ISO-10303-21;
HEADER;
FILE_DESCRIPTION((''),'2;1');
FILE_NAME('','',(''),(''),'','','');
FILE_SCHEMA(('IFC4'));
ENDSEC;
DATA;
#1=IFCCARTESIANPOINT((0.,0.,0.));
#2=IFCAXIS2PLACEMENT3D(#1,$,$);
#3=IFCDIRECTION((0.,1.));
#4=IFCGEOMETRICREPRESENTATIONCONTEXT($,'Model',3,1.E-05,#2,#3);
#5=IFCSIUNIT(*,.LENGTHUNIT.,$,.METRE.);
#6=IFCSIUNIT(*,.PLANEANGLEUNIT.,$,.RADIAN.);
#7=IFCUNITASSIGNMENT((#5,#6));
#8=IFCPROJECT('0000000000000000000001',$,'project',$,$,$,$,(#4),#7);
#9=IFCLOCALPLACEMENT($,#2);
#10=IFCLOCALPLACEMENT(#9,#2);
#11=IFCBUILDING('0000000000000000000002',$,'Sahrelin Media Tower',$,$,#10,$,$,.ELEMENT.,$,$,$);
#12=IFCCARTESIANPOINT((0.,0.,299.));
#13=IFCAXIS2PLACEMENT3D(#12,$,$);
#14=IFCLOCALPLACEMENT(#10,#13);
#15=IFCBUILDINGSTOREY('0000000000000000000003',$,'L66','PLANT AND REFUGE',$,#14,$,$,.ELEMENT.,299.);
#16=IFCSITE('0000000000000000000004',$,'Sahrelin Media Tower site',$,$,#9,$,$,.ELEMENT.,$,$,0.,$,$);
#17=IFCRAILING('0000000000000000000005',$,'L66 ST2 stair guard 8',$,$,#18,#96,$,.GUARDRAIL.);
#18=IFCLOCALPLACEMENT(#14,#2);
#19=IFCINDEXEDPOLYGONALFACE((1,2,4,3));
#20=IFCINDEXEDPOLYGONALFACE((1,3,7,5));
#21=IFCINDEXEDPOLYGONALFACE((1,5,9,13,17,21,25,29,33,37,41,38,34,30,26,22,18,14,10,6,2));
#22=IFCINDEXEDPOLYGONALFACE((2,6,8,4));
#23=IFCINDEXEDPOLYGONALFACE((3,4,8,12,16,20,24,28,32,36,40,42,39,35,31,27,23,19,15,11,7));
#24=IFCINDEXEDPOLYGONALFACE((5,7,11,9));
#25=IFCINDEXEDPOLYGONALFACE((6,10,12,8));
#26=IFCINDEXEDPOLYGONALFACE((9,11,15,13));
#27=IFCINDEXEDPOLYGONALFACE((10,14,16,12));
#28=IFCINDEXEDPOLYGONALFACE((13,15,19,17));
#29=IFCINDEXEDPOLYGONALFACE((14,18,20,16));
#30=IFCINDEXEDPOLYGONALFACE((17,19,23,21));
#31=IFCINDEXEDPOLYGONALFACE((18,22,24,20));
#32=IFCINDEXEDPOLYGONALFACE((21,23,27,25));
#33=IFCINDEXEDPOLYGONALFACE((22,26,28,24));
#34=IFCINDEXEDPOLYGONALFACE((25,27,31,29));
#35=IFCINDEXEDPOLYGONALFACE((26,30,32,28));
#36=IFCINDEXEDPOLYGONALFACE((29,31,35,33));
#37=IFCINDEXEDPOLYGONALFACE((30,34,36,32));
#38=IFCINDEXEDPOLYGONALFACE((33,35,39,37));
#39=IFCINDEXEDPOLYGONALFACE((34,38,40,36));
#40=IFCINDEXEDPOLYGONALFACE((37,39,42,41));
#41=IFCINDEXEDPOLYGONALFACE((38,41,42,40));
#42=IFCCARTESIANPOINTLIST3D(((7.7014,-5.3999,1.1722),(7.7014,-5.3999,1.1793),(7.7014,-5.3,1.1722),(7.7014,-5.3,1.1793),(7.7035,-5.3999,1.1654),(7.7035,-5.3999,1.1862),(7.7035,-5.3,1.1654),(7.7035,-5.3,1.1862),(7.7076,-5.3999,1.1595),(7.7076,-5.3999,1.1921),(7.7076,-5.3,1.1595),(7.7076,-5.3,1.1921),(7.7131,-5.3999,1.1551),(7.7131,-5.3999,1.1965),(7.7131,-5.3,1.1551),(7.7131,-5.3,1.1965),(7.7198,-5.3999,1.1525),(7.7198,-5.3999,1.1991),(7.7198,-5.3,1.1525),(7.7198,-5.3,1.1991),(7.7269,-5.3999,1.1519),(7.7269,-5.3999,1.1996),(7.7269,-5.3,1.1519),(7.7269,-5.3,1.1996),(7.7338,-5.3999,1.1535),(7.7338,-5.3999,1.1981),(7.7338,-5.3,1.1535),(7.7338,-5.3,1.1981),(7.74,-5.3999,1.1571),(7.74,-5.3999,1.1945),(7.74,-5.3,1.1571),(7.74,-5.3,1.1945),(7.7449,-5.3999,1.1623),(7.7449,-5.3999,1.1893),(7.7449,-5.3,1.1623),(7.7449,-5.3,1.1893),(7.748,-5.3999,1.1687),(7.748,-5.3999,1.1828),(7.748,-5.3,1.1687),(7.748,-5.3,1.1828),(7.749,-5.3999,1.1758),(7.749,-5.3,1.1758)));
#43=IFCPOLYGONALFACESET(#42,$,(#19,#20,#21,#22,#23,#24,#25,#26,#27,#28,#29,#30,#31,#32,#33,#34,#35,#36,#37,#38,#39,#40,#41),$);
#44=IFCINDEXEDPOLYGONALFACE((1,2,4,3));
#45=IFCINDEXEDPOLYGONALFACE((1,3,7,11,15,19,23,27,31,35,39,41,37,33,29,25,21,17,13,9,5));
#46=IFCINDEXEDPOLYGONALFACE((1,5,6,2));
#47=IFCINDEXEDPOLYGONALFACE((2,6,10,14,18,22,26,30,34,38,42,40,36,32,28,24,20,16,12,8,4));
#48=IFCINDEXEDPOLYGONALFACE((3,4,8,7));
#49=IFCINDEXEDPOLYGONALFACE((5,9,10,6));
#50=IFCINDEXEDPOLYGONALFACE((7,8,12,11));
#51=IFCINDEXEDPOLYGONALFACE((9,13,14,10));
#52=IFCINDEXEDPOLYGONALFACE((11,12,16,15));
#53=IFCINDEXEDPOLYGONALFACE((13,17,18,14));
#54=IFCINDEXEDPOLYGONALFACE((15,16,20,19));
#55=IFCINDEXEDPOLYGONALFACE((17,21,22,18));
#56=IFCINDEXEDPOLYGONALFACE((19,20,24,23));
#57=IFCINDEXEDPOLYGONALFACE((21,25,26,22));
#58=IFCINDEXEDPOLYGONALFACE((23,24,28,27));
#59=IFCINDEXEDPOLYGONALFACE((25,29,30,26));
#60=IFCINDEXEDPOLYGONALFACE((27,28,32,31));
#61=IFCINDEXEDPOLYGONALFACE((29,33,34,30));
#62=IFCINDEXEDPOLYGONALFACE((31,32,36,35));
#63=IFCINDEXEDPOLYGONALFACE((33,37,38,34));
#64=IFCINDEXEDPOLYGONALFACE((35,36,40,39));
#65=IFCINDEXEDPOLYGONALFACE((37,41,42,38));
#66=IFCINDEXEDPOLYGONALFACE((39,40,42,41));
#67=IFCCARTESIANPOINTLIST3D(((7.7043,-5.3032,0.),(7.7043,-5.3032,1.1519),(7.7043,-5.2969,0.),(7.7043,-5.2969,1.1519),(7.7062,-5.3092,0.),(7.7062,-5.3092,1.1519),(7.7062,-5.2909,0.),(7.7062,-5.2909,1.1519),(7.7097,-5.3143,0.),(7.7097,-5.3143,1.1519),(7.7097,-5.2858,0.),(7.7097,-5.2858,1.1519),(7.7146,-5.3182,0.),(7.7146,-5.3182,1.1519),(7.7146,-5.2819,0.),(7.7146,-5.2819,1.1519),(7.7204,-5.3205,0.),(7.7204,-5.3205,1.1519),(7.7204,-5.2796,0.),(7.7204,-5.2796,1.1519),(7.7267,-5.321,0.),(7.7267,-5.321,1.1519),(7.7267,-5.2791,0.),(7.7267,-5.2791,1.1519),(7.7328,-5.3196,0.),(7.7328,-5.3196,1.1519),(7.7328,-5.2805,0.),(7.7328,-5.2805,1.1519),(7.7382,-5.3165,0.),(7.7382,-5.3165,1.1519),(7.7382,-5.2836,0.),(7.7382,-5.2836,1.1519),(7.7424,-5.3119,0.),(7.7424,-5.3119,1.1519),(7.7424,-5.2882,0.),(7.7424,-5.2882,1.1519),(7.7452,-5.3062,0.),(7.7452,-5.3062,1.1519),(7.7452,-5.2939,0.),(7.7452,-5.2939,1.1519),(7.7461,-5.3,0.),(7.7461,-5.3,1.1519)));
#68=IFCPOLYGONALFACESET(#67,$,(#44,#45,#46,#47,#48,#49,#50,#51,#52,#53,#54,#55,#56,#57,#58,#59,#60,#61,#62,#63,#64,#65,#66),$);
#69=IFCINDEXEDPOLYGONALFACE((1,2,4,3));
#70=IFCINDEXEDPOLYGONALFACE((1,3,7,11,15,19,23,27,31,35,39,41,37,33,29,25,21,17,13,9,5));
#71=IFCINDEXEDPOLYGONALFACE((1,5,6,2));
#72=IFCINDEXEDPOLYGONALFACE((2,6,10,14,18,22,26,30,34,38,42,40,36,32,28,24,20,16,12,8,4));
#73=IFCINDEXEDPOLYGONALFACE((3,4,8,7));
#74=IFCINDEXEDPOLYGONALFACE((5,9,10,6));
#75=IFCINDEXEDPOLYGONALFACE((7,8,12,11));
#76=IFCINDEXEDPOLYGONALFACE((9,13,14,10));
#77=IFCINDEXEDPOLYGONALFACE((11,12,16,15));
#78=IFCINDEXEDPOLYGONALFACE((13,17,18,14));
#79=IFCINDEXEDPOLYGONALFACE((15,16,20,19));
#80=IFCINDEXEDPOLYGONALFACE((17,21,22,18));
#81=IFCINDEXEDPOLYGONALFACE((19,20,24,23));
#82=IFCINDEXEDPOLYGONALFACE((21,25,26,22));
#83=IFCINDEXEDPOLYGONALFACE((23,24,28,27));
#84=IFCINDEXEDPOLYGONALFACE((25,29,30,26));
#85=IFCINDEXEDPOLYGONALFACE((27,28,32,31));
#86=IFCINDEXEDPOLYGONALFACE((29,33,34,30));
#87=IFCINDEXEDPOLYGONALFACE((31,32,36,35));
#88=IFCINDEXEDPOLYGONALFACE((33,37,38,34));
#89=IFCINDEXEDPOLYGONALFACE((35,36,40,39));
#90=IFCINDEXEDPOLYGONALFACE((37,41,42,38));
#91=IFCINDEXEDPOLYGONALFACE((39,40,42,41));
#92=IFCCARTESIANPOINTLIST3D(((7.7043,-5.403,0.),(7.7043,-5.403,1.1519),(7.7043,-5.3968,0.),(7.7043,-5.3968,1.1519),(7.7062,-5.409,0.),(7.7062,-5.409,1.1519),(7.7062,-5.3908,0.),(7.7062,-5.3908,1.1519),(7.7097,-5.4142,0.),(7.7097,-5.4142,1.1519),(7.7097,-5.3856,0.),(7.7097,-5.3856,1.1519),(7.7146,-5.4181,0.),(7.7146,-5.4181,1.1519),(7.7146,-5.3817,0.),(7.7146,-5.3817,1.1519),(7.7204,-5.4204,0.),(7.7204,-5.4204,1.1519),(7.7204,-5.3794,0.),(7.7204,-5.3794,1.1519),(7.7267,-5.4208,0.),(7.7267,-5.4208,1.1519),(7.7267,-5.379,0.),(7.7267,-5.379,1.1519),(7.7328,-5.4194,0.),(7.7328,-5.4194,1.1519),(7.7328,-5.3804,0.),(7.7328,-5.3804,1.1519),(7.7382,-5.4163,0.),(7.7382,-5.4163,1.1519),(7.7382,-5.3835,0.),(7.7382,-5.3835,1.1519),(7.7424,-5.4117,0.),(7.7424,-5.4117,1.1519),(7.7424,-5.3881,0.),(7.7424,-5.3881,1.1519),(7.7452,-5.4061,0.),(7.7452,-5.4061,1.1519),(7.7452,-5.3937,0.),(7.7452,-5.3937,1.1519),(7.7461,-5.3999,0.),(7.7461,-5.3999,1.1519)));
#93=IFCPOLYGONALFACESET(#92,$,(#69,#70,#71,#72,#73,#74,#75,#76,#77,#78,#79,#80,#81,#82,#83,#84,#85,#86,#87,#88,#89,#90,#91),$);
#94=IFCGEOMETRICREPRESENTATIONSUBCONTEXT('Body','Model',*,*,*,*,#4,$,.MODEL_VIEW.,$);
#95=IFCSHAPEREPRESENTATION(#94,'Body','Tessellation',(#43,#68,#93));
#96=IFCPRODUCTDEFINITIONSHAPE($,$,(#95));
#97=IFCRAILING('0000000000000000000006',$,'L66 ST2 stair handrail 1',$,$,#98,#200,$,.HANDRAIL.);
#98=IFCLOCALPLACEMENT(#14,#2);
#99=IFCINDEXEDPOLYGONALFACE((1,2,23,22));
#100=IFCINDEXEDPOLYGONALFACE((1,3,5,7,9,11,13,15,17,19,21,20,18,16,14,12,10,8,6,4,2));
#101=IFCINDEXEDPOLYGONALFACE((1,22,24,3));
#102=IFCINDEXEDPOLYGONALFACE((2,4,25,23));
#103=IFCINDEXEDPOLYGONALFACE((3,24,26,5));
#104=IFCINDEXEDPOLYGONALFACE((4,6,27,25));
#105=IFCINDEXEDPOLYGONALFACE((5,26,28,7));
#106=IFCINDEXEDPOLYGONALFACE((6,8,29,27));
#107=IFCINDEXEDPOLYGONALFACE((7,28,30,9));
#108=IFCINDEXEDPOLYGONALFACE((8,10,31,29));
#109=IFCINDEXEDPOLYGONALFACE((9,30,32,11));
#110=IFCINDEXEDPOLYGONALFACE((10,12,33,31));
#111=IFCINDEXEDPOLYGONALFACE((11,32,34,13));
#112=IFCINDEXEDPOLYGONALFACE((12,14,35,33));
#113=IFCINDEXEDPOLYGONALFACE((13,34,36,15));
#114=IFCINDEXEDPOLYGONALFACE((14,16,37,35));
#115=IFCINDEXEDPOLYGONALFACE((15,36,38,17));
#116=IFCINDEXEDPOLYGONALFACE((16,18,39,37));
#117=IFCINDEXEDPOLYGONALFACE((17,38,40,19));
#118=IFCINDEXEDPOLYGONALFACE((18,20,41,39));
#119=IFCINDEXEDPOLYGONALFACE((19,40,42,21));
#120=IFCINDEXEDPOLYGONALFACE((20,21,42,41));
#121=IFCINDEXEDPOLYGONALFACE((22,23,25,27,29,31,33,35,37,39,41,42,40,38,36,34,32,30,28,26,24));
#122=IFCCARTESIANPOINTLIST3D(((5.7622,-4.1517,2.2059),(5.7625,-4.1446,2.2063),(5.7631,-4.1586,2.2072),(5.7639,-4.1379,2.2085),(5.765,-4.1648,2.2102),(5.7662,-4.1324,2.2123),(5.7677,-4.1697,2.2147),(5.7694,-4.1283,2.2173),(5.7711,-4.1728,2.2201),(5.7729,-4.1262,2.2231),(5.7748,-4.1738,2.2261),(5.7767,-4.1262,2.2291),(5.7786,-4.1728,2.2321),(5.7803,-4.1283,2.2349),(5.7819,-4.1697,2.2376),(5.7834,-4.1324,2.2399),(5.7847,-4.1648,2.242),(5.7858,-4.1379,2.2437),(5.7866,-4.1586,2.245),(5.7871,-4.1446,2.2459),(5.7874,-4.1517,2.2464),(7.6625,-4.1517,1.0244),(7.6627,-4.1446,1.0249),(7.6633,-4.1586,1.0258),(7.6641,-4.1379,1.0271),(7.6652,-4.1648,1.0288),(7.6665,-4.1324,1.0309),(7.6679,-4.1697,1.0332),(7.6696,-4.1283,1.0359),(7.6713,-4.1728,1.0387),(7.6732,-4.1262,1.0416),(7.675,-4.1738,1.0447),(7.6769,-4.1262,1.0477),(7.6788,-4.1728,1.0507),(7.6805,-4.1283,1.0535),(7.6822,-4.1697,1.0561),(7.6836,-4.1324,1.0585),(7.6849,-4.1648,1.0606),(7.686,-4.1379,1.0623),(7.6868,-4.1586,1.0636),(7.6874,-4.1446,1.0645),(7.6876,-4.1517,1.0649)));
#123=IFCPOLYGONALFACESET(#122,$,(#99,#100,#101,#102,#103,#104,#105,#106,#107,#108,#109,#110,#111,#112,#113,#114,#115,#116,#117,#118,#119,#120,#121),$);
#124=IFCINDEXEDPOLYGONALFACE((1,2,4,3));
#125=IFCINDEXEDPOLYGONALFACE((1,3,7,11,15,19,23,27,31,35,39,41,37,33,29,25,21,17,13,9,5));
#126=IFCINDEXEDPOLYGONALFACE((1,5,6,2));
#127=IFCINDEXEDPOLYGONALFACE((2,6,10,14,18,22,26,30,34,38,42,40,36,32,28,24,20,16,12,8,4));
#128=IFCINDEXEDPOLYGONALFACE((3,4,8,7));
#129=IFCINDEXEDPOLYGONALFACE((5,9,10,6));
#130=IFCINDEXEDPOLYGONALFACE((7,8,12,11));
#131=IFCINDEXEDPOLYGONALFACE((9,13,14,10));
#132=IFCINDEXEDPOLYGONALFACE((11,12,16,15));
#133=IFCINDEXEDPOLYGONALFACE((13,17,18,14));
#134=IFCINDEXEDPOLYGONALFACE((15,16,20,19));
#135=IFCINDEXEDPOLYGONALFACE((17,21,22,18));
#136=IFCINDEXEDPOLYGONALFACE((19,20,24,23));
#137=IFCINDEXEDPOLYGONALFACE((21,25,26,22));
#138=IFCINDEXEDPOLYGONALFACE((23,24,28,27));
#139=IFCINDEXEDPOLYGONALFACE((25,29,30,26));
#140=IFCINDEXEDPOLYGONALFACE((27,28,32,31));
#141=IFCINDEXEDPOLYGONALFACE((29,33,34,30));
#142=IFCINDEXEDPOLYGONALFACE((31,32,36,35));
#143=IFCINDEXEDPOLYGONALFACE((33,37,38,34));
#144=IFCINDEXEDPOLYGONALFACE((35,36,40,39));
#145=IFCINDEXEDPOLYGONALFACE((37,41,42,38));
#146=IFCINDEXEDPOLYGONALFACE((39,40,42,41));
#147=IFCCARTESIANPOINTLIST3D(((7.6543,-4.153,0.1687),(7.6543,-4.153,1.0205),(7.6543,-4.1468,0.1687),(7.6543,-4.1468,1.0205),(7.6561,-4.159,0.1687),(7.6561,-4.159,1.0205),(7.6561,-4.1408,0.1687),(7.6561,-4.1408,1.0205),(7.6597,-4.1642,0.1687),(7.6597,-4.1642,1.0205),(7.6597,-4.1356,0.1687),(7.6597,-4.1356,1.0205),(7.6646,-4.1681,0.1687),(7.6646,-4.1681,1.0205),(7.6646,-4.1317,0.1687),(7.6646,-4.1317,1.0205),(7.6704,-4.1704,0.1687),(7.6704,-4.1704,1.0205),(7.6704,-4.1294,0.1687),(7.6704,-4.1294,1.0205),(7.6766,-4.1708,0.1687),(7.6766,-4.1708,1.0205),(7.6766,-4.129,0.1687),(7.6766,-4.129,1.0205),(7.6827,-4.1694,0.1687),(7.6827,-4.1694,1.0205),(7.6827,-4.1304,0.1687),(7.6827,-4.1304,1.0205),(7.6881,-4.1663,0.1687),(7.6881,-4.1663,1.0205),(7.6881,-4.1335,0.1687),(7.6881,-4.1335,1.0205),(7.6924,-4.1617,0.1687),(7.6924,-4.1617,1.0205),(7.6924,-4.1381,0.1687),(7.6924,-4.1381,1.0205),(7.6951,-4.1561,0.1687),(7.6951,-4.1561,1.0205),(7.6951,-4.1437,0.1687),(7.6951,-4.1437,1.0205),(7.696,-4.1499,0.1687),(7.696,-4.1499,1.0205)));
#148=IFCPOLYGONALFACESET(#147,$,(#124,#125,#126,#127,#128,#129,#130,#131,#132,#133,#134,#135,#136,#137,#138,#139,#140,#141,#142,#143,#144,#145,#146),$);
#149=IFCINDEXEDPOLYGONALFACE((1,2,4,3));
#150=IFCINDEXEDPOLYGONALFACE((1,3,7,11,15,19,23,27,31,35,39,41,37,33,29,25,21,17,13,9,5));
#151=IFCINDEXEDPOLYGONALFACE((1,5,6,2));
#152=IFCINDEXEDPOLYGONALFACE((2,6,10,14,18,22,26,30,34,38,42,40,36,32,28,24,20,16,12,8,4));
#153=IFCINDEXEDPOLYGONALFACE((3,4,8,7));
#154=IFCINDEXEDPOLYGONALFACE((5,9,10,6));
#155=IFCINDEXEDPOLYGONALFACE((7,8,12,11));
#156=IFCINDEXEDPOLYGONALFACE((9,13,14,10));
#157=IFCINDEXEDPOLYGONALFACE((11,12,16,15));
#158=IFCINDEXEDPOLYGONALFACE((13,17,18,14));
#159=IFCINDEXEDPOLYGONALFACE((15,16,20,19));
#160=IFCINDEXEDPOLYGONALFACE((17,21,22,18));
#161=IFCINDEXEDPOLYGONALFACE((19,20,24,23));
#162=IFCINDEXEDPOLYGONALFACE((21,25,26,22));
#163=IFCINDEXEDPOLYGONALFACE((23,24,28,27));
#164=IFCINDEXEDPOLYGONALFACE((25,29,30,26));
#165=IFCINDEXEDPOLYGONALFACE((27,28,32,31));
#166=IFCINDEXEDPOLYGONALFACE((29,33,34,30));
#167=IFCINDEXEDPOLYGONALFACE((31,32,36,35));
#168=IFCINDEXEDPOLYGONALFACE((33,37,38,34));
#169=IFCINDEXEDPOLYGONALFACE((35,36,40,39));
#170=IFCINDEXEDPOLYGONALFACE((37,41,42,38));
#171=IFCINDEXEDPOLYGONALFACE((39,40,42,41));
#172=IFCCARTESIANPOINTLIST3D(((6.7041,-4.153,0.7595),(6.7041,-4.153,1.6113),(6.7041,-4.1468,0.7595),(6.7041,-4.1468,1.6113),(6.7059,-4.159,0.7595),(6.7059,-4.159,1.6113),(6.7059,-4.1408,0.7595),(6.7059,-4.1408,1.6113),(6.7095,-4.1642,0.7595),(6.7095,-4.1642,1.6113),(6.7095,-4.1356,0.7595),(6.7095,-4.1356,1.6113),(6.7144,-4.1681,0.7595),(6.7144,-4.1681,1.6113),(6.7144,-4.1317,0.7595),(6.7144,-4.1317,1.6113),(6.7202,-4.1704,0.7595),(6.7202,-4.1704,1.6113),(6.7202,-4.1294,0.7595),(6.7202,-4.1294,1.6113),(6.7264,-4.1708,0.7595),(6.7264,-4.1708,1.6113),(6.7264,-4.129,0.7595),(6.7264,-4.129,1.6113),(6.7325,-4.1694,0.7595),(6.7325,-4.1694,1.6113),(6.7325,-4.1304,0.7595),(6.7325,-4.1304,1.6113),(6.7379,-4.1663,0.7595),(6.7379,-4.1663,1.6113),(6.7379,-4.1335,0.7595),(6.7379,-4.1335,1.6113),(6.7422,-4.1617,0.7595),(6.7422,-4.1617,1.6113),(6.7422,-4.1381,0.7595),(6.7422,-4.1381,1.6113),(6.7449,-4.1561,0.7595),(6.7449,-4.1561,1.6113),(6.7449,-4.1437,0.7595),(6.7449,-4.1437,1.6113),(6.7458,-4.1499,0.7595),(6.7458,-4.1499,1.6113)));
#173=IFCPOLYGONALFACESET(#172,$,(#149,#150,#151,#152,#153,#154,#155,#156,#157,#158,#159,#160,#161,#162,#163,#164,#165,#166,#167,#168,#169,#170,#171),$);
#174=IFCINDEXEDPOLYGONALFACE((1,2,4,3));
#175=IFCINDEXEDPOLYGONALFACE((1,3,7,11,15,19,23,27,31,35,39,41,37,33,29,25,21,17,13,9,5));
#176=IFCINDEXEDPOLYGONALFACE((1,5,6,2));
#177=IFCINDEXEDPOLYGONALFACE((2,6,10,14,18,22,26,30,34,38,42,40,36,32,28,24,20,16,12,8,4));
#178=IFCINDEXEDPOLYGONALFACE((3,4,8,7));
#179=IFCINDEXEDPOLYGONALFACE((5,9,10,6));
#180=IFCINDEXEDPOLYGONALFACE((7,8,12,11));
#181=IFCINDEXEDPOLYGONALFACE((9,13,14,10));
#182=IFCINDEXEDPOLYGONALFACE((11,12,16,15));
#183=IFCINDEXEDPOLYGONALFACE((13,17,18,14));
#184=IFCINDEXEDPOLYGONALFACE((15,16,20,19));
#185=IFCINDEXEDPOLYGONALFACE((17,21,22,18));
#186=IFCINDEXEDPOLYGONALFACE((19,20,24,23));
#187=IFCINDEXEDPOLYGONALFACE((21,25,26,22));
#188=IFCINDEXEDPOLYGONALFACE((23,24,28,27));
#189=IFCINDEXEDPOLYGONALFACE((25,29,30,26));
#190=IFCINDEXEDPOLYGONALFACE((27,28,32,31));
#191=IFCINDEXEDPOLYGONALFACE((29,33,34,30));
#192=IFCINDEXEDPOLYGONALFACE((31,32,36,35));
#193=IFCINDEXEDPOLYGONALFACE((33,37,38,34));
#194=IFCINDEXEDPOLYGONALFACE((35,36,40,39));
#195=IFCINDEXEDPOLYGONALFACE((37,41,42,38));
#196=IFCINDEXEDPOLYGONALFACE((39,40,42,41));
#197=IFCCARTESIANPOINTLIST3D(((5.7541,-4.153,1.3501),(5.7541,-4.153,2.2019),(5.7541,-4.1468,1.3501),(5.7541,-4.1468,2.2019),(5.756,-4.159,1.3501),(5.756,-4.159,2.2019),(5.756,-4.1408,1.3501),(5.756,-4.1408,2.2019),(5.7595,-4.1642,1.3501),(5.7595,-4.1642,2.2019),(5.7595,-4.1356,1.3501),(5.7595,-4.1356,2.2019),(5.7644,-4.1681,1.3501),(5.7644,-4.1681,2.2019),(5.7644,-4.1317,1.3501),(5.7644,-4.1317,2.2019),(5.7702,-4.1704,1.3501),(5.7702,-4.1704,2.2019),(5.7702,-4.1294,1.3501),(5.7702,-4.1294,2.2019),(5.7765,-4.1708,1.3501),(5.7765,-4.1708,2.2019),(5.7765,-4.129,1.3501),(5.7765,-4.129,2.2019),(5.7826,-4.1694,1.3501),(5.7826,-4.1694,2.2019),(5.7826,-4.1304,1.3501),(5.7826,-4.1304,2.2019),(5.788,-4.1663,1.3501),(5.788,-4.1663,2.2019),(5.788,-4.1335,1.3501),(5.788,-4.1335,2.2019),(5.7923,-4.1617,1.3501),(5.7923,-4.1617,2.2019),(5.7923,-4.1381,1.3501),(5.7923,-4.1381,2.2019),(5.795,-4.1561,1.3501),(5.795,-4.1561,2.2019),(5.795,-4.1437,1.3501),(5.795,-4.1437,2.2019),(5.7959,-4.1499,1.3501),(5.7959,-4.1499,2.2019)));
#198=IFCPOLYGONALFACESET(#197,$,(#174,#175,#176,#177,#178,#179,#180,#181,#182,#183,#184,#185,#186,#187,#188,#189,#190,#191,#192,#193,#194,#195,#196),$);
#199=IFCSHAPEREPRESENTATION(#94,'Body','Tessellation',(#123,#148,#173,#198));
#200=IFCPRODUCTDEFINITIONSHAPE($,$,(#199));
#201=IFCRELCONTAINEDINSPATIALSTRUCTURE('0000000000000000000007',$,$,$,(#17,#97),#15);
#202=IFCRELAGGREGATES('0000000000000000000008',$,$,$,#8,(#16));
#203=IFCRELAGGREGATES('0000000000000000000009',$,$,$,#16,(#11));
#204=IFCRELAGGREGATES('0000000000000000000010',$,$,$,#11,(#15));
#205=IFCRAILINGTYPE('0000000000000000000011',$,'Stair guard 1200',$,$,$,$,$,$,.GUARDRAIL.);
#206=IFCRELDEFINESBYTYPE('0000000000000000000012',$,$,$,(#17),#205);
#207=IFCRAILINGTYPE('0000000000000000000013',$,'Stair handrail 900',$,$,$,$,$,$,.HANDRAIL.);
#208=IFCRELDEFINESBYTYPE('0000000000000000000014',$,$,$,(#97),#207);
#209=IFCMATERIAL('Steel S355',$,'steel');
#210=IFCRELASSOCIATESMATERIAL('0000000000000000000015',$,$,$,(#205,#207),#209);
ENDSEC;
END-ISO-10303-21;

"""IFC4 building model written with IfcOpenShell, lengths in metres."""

from ifc_helpers import new_model, si_unit, direction, frame, origin, origin_2d, place, context, subcontext, project, spatial, circle, extrude, material, type_object, element, save


model = new_model("IFC4")

# Units and contexts
model_context = context("Model", 3, precision=1e-05, world=origin(), true_north=direction((0.0, 1.0)))
body_context = subcontext(model_context, "Body", "Model", "MODEL_VIEW")
ifc_project = project(units=[si_unit("LENGTHUNIT", "METRE"), si_unit("PLANEANGLEUNIT", "RADIAN")], contexts=[model_context])

# Site, building, storey
site_placement = place(None, origin())
site = spatial("IfcSite", under=ifc_project, at=site_placement, Name="Sahrelin Media Tower site", CompositionType="ELEMENT", RefElevation=0.0)
building_placement = place(site_placement, origin())
building = spatial("IfcBuilding", under=site, at=building_placement, Name="Sahrelin Media Tower", CompositionType="ELEMENT")
storey_placement = place(building_placement, frame((0.0, 0.0, 299.0)))
storey = spatial("IfcBuildingStorey", under=building, at=storey_placement, Name="L66", Description="PLANT AND REFUGE", CompositionType="ELEMENT", Elevation=299.0)

# Shared definitions
ifc_material_1 = material(Name="Steel S355", Category="steel")

# Railings
railing_type_1 = type_object("IfcRailingType", Name="Stair guard 1200", PredefinedType="GUARDRAIL", material=ifc_material_1)
for number, where, name in (
    (1, (7.7251, -5.3, 0.0), "L66 ST2 stair guard 8"),
):
    element("IfcRailing", number, at=place(storey_placement, frame(where)), inside=storey, type_object=railing_type_1, Name=name, PredefinedType="GUARDRAIL", context=body_context, shape_type="SweptSolid", body=[
        extrude(circle(Radius=0.0239, at=origin_2d()), frame((0.0, 0.0, 1.1758), z_axis=(0.0, -1.0, 0.0), x_axis=(1.0, 0.0, 0.0)), (0.0, 0.0, 1.0), 0.0999),
        extrude(circle(Radius=0.021, at=origin_2d()), origin(), (0.0, 0.0, 1.0), 1.1519),
        extrude(circle(Radius=0.021, at=origin_2d()), frame((0.0, -0.0999, 0.0)), (0.0, 0.0, 1.0), 1.1519),
    ])
railing_type_2 = type_object("IfcRailingType", Name="Stair handrail 900", PredefinedType="HANDRAIL", material=ifc_material_1)
for number, where, name in (
    (2, (7.675, -4.1499, 0.1687), "L66 ST2 stair handrail 1"),
):
    element("IfcRailing", number, at=place(storey_placement, frame(where)), inside=storey, type_object=railing_type_2, Name=name, PredefinedType="HANDRAIL", context=body_context, shape_type="SweptSolid", body=[
        extrude(circle(Radius=0.0239, at=origin_2d()), frame((0.0, 0.0, 0.876), z_axis=(-0.84924, 0.0, 0.528006), x_axis=(0.0, -1.0, 0.0)), (0.0, 0.0, 1.0), 2.2375),
        extrude(circle(Radius=0.021, at=origin_2d()), origin(), (0.0, 0.0, 1.0), 0.8518),
        extrude(circle(Radius=0.021, at=origin_2d()), frame((-0.9502, 0.0, 0.5908)), (0.0, 0.0, 1.0), 0.8518),
        extrude(circle(Radius=0.021, at=origin_2d()), frame((-1.9001, 0.0, 1.1814)), (0.0, 0.0, 1.0), 0.8518),
    ])

save(model, "model.ifc")
